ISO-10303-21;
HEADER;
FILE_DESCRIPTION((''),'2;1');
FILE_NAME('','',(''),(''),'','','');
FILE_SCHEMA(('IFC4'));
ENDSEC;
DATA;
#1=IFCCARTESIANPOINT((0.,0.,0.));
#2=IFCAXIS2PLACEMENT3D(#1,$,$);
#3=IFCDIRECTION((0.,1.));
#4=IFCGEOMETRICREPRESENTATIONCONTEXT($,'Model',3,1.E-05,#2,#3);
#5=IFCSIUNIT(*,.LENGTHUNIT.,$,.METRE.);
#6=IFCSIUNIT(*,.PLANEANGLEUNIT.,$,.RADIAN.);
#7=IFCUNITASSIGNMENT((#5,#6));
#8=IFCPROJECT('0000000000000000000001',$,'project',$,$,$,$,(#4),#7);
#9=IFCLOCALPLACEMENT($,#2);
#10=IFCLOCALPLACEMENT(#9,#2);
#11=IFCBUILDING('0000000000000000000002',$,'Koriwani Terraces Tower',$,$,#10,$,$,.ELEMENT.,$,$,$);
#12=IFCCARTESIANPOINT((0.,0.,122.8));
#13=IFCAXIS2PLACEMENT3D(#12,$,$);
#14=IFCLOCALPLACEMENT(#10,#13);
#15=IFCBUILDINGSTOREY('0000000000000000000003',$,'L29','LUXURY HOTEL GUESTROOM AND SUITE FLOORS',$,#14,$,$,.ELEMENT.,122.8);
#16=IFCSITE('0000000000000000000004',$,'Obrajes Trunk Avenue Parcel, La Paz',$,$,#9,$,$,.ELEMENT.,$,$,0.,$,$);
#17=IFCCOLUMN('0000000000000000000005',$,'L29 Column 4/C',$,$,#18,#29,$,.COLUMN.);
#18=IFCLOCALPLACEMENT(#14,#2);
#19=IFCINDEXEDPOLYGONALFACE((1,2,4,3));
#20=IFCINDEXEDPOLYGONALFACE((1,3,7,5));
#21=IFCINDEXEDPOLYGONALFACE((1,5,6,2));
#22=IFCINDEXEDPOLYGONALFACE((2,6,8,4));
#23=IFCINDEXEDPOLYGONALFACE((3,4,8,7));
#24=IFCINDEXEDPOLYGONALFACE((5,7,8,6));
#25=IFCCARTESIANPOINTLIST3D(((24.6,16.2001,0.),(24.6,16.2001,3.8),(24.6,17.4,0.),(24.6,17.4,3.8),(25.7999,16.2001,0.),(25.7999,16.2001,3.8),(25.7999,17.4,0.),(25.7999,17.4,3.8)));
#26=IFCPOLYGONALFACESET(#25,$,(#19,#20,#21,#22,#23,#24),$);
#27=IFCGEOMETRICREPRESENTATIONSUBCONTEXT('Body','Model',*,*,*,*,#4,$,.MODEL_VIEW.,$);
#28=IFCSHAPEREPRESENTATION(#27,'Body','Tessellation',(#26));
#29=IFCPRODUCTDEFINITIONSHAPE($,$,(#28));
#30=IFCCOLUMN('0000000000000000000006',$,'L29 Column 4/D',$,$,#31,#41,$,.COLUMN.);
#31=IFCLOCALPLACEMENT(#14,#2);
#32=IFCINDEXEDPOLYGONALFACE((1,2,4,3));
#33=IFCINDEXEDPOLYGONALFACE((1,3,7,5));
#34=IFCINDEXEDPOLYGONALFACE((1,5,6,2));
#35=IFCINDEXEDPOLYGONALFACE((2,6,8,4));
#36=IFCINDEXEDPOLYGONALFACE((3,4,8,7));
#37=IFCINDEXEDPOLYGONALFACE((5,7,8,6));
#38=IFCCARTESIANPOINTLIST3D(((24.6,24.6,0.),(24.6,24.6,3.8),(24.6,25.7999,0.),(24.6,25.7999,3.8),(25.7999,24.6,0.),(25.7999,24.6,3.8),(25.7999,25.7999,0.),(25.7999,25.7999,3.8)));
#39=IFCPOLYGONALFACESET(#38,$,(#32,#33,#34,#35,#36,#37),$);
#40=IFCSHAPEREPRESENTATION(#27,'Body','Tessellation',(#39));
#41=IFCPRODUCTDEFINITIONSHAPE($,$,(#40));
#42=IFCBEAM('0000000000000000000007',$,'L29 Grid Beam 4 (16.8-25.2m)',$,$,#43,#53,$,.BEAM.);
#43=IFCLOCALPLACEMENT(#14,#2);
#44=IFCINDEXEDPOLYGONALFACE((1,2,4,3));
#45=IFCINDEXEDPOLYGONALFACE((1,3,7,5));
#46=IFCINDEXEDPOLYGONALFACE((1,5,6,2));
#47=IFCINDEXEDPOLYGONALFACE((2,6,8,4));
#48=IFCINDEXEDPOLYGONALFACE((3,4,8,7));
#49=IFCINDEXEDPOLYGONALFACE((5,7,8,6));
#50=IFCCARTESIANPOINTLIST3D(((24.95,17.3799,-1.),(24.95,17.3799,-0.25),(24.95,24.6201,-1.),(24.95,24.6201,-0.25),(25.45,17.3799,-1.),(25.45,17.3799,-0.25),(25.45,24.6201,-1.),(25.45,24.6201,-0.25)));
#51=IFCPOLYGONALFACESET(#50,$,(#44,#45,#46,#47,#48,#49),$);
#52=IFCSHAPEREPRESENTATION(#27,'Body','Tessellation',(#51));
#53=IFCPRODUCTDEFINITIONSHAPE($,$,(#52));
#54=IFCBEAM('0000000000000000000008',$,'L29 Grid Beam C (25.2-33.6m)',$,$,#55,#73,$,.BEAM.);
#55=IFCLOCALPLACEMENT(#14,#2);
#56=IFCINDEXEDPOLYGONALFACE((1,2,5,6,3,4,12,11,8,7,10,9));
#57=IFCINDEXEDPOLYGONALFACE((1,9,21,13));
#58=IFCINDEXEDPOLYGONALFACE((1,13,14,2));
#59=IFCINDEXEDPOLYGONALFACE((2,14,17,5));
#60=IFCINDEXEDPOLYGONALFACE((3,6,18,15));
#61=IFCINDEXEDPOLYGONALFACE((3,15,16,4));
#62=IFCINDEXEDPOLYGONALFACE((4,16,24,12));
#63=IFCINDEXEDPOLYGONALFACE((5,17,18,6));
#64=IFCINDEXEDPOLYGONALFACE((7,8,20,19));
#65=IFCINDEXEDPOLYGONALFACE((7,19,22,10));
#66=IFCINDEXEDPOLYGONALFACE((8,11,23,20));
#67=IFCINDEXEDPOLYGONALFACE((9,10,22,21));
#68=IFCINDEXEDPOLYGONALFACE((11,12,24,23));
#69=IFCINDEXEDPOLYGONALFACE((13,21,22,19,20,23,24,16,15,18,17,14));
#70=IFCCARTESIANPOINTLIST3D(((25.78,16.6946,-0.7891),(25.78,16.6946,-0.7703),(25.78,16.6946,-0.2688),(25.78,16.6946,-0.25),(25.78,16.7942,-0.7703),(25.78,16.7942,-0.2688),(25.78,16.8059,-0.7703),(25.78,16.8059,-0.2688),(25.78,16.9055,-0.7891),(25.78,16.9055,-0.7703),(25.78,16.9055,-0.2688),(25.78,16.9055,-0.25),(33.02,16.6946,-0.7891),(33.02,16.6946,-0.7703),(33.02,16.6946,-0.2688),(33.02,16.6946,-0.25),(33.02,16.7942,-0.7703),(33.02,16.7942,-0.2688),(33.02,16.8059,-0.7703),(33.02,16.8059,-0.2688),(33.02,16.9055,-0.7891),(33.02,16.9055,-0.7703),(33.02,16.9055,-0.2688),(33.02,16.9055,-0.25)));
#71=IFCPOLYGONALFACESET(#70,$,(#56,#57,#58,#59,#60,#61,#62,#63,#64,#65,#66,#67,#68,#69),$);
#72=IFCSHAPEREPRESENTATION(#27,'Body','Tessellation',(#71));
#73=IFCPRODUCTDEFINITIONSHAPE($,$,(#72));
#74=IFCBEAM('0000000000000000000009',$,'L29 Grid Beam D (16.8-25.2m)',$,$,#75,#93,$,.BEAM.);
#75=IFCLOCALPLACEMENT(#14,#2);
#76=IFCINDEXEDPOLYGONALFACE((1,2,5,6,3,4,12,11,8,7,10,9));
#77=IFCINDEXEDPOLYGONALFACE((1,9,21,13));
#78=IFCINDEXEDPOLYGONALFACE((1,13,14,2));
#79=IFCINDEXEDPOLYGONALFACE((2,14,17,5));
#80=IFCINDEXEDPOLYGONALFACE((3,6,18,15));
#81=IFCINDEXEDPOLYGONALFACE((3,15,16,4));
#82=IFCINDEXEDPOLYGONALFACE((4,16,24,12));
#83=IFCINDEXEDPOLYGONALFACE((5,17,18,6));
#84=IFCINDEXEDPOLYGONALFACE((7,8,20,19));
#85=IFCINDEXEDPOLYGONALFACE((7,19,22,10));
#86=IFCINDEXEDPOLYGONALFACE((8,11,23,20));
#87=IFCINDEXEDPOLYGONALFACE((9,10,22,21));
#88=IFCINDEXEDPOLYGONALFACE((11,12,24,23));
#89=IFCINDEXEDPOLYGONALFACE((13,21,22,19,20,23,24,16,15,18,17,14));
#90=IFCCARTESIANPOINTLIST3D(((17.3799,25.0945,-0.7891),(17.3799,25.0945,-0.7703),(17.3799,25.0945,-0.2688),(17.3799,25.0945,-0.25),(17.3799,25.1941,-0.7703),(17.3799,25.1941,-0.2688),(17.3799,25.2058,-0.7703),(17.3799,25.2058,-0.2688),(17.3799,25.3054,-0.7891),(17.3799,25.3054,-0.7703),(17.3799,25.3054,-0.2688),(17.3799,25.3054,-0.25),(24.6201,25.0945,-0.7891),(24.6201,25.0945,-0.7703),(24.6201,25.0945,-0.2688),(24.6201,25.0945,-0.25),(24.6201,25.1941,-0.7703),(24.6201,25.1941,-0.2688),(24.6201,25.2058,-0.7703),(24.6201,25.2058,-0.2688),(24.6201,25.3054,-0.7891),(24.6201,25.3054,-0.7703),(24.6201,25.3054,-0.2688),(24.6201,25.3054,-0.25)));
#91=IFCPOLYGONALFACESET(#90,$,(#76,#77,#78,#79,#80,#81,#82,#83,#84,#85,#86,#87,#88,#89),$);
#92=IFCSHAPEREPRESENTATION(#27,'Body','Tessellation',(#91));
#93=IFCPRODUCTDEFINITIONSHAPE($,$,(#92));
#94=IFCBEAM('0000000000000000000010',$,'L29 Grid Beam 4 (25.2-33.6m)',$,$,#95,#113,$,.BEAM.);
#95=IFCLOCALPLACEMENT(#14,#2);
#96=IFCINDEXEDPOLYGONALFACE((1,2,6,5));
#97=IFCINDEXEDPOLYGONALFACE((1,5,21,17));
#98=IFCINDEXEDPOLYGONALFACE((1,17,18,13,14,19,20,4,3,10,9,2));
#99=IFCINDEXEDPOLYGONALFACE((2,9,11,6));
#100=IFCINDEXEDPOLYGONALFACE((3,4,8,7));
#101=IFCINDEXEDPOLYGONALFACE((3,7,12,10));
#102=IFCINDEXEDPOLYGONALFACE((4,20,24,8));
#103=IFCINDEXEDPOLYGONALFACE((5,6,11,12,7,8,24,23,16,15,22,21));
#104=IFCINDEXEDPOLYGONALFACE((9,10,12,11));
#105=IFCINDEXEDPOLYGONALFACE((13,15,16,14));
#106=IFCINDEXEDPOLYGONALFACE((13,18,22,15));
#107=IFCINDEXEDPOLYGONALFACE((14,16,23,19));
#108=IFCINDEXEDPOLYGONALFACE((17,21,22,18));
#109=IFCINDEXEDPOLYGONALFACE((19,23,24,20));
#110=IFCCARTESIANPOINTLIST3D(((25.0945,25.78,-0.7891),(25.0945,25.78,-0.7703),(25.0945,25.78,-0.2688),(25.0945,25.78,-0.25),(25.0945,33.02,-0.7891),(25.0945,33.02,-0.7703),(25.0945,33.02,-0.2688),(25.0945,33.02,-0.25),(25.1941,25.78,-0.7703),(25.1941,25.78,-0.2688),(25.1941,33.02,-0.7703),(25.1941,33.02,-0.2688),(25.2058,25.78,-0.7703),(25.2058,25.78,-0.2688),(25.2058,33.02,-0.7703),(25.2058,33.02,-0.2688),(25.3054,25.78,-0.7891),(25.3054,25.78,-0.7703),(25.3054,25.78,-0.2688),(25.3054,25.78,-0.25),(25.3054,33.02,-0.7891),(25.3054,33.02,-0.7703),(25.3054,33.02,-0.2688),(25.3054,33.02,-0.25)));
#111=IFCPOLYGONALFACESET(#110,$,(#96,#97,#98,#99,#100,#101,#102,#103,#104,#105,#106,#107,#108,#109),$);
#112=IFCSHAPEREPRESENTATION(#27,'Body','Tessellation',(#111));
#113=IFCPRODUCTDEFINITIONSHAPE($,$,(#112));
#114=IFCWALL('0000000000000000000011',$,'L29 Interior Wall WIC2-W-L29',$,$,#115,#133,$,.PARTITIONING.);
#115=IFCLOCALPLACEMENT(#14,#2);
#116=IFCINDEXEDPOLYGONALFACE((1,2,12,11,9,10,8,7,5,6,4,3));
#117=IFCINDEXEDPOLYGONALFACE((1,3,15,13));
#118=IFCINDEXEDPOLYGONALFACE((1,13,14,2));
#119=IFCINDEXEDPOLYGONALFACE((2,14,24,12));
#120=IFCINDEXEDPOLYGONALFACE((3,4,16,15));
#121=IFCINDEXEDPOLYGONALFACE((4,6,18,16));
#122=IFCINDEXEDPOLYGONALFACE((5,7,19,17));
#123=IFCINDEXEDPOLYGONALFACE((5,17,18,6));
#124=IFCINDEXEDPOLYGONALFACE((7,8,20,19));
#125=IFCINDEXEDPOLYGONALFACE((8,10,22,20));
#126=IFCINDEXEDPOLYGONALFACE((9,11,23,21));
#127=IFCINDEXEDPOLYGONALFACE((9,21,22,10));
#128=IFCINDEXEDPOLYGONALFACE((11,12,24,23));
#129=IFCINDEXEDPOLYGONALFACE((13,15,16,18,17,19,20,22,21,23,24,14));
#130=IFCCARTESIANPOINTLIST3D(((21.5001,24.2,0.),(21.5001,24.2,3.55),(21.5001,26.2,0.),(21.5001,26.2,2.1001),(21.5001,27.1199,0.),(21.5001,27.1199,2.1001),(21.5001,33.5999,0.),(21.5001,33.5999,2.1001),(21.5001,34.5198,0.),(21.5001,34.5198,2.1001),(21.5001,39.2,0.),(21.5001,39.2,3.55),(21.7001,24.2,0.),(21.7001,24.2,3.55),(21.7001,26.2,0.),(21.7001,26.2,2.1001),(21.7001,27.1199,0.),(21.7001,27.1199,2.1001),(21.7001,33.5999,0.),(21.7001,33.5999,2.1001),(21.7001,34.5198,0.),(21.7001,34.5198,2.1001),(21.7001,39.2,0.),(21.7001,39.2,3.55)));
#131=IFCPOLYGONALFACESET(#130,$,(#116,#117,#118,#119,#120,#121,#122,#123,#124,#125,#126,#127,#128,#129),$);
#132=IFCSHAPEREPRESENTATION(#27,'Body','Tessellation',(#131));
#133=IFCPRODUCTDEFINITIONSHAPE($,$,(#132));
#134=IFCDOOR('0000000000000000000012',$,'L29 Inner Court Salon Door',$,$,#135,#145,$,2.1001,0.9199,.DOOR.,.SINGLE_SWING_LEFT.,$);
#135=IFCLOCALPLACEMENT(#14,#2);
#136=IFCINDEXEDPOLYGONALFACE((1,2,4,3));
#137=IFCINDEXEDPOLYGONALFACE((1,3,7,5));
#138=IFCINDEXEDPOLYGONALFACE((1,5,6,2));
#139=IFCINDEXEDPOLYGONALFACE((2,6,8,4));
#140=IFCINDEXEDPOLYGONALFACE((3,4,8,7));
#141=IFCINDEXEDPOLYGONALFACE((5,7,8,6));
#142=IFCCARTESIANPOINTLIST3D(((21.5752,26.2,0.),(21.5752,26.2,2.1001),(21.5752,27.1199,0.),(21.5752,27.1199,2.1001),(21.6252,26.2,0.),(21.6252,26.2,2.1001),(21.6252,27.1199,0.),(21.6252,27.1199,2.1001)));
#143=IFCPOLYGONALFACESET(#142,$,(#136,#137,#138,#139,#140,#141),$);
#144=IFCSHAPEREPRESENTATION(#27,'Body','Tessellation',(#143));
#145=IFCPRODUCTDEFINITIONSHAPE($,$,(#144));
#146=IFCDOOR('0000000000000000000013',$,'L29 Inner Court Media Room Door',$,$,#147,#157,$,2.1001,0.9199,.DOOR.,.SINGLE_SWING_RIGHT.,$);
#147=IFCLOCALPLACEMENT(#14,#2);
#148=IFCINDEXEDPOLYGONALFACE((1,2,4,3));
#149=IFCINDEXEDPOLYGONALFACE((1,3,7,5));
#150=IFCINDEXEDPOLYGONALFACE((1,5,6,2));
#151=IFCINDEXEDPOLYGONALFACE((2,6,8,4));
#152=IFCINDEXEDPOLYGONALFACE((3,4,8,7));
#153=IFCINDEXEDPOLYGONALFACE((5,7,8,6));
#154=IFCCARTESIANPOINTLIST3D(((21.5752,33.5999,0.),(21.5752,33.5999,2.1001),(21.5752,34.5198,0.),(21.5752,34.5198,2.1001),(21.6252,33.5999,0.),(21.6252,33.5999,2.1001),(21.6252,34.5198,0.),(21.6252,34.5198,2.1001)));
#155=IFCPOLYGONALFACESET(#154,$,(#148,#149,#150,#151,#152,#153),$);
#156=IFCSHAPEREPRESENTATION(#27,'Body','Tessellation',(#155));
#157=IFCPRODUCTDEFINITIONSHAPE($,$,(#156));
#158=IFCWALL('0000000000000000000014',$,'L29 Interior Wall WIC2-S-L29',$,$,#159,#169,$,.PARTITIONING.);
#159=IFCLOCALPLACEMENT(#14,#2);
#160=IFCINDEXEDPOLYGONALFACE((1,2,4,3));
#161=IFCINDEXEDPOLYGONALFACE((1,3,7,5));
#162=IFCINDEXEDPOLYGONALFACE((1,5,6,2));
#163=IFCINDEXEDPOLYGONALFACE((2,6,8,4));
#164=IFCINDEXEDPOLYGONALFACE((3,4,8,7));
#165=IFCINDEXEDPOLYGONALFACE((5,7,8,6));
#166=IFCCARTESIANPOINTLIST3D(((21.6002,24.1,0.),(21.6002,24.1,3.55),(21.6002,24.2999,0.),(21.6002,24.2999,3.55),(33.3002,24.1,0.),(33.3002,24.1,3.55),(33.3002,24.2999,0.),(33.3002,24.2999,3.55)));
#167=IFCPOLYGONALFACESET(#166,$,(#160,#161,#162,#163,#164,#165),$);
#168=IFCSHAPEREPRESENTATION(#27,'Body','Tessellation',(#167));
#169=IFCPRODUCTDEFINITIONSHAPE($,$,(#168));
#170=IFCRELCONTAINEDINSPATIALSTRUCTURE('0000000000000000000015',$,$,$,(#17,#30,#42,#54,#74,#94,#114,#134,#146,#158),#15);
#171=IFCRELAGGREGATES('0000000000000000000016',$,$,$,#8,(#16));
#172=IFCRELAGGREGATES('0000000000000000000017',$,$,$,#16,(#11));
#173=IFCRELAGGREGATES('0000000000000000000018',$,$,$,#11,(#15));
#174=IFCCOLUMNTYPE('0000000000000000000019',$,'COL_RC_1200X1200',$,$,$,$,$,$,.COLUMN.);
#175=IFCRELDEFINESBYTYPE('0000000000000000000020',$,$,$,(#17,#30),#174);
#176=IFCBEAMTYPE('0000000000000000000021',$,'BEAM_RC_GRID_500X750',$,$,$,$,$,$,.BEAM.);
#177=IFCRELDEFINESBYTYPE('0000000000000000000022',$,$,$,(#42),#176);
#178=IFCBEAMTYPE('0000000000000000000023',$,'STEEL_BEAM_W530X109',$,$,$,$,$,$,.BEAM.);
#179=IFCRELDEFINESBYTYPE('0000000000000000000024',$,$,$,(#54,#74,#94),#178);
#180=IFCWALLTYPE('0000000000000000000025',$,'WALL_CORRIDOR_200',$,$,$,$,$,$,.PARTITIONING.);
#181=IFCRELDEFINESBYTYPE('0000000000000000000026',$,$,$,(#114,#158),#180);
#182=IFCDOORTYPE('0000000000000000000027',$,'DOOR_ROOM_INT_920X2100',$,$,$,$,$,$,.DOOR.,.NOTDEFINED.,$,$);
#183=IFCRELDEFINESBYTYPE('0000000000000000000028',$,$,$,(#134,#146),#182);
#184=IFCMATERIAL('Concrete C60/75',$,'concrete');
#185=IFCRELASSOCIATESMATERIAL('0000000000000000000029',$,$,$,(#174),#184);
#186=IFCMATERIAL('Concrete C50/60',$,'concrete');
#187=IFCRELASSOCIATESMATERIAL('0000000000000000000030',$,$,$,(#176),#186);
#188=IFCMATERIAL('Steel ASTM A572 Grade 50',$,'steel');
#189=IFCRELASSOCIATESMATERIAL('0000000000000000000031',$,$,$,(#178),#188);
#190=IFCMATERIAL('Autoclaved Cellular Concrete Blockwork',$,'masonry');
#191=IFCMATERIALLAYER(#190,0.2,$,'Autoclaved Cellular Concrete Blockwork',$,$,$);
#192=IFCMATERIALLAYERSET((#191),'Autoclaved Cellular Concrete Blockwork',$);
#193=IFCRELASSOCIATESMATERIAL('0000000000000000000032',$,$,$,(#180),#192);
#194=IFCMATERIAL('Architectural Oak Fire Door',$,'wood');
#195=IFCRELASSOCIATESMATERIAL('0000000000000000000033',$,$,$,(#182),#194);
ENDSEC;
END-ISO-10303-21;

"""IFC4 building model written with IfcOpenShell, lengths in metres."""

from ifc_helpers import new_model, si_unit, direction, frame, frame_2d, origin, origin_2d, place, context, subcontext, project, spatial, rectangle, i_section, extrude, material, layer, layer_set, material_profile, profile_set, type_object, element, fill, save


model = new_model("IFC4")

# Units and contexts
model_context = context("Model", 3, precision=1e-05, world=origin(), true_north=direction((0.0, 1.0)))
body_context = subcontext(model_context, "Body", "Model", "MODEL_VIEW")
ifc_project = project(units=[si_unit("LENGTHUNIT", "METRE"), si_unit("PLANEANGLEUNIT", "RADIAN")], contexts=[model_context])

# Site, building, storey
site_placement = place(None, origin())
site = spatial("IfcSite", under=ifc_project, at=site_placement, Name="Obrajes Trunk Avenue Parcel, La Paz", CompositionType="ELEMENT", RefElevation=0.0)
building_placement = place(site_placement, origin())
building = spatial("IfcBuilding", under=site, at=building_placement, Name="Koriwani Terraces Tower", CompositionType="ELEMENT")
storey_placement = place(building_placement, frame((0.0, 0.0, 122.8)))
storey = spatial("IfcBuildingStorey", under=building, at=storey_placement, Name="L29", Description="LUXURY HOTEL GUESTROOM AND SUITE FLOORS", CompositionType="ELEMENT", Elevation=122.8)

# Columns
ifc_material_1 = material(Name="Concrete C60/75", Category="concrete")
ifc_material_profile_1 = material_profile(ifc_material_1, rectangle(XDim=1.2, YDim=1.2, at=origin_2d()), Name="Concrete C60/75", Category="LoadBearing")
ifc_profile_set_1 = profile_set([ifc_material_profile_1], Name="Concrete C60/75")
column_type = type_object("IfcColumnType", Name="COL_RC_1200X1200", PredefinedType="COLUMN", material=ifc_profile_set_1)
for number, where, z_axis, x_axis, name in (
    (1, (25.2, 16.8, 0.0), (0.0, 0.0, 1.0), (1.0, 0.0, 0.0), "L29 Column 4/C"),
    (2, (25.2, 25.2, 0.0), (0.0, 0.0, 1.0), (1.0, 0.0, 0.0), "L29 Column 4/D"),
):
    element("IfcColumn", number, at=place(storey_placement, frame(where, z_axis=z_axis, x_axis=x_axis)), inside=storey, type_object=column_type, Name=name, PredefinedType="COLUMN", context=body_context, shape_type="SweptSolid", body=[
        extrude(rectangle(XDim=1.2, YDim=1.2, at=origin_2d()), origin(), (0.0, 0.0, 1.0), 3.8),
    ])

# Beams
ifc_material_2 = material(Name="Concrete C50/60", Category="concrete")
ifc_material_profile_2 = material_profile(ifc_material_2, rectangle(XDim=0.5, YDim=0.75, at=origin_2d()), Name="Concrete C50/60", Category="LoadBearing")
ifc_profile_set_2 = profile_set([ifc_material_profile_2], Name="Concrete C50/60")
beam_type_1 = type_object("IfcBeamType", Name="BEAM_RC_GRID_500X750", PredefinedType="BEAM", material=ifc_profile_set_2)
beam_1_placement = place(storey_placement, frame((25.2, 17.3799, -0.625), z_axis=(0.0, 1.0, 0.0), x_axis=(-1.0, 0.0, 0.0)))
element("IfcBeam", 3, at=beam_1_placement, inside=storey, type_object=beam_type_1, Name="L29 Grid Beam 4 (16.8-25.2m)", PredefinedType="BEAM", context=body_context, shape_type="SweptSolid", body=[
    extrude(rectangle(XDim=0.5, YDim=0.75, at=origin_2d()), origin(), (0.0, 0.0, 1.0), 7.2402),
])
ifc_material_3 = material(Name="Steel ASTM A572 Grade 50", Category="steel")
ifc_material_profile_3 = material_profile(ifc_material_3, i_section(OverallWidth=0.2109, OverallDepth=0.5391, WebThickness=0.0117, FlangeThickness=0.0188, at=origin_2d()), Name="Steel ASTM A572 Grade 50", Category="LoadBearing")
ifc_profile_set_3 = profile_set([ifc_material_profile_3], Name="Steel ASTM A572 Grade 50")
beam_type_2 = type_object("IfcBeamType", Name="STEEL_BEAM_W530X109", PredefinedType="BEAM", material=ifc_profile_set_3)
beam_2_placement = place(storey_placement, frame((25.78, 16.8, -0.5195), z_axis=(1.0, 0.0, 0.0), x_axis=(0.0, 1.0, 0.0)))
element("IfcBeam", 4, at=beam_2_placement, inside=storey, type_object=beam_type_2, Name="L29 Grid Beam C (25.2-33.6m)", PredefinedType="BEAM", context=body_context, shape_type="SweptSolid", body=[
    extrude(i_section(OverallWidth=0.2109, OverallDepth=0.5391, WebThickness=0.0117, FlangeThickness=0.0188, at=origin_2d()), origin(), (0.0, 0.0, 1.0), 7.24),
])
beam_3_placement = place(storey_placement, frame((17.3799, 25.2, -0.5195), z_axis=(1.0, 0.0, 0.0), x_axis=(0.0, 1.0, 0.0)))
element("IfcBeam", 5, at=beam_3_placement, inside=storey, type_object=beam_type_2, Name="L29 Grid Beam D (16.8-25.2m)", PredefinedType="BEAM", context=body_context, shape_type="SweptSolid", body=[
    extrude(i_section(OverallWidth=0.2109, OverallDepth=0.5391, WebThickness=0.0117, FlangeThickness=0.0188, at=origin_2d()), origin(), (0.0, 0.0, 1.0), 7.2402),
])
beam_4_placement = place(storey_placement, frame((25.2, 25.78, -0.5195), z_axis=(0.0, 1.0, 0.0), x_axis=(-1.0, 0.0, 0.0)))
element("IfcBeam", 6, at=beam_4_placement, inside=storey, type_object=beam_type_2, Name="L29 Grid Beam 4 (25.2-33.6m)", PredefinedType="BEAM", context=body_context, shape_type="SweptSolid", body=[
    extrude(i_section(OverallWidth=0.2109, OverallDepth=0.5391, WebThickness=0.0117, FlangeThickness=0.0188, at=origin_2d()), origin(), (0.0, 0.0, 1.0), 7.24),
])

# Wall, openings, doors
ifc_material_4 = material(Name="Autoclaved Cellular Concrete Blockwork", Category="masonry")
ifc_layer_1 = layer(ifc_material_4, 0.2, Name="Autoclaved Cellular Concrete Blockwork")
ifc_layer_set_1 = layer_set([ifc_layer_1], Name="Autoclaved Cellular Concrete Blockwork")
wall_type_1 = type_object("IfcWallType", Name="WALL_CORRIDOR_200", PredefinedType="PARTITIONING", material=ifc_layer_set_1)
wall_1_placement = place(storey_placement, frame((21.6001, 24.2, 0.0), z_axis=(0.0, 0.0, 1.0), x_axis=(0.0, 1.0, 0.0)))
wall_1 = element("IfcWall", 7, at=wall_1_placement, inside=storey, type_object=wall_type_1, Name="L29 Interior Wall WIC2-W-L29", PredefinedType="PARTITIONING", context=body_context, shape_type="SweptSolid", body=[
    extrude(rectangle(XDim=15.0, YDim=0.2, at=frame_2d((7.5, 0.0))), origin(), (0.0, 0.0, 1.0), 3.55),
])
opening_1_placement = place(wall_1_placement, frame((2.0, 0.0, 0.0)))
opening_1 = element("IfcOpeningElement", 8, at=opening_1_placement, cuts=wall_1, PredefinedType="OPENING", context=body_context, shape_type="SweptSolid", body=[
    extrude(rectangle(XDim=0.9199, YDim=2.1001, at=frame_2d((0.46, 1.05))), frame((0.0, 0.1099, 0.0), z_axis=(0.0, -1.0, 0.0), x_axis=(1.0, 0.0, 0.0)), (0.0, 0.0, 1.0), 0.22),
])
opening_2_placement = place(wall_1_placement, frame((9.3999, 0.0, 0.0)))
opening_2 = element("IfcOpeningElement", 9, at=opening_2_placement, cuts=wall_1, PredefinedType="OPENING", context=body_context, shape_type="SweptSolid", body=[
    extrude(rectangle(XDim=0.9199, YDim=2.1001, at=frame_2d((0.46, 1.05))), frame((0.0, 0.1099, 0.0), z_axis=(0.0, -1.0, 0.0), x_axis=(1.0, 0.0, 0.0)), (0.0, 0.0, 1.0), 0.22),
])
ifc_material_5 = material(Name="Architectural Oak Fire Door", Category="wood")
door_type_1 = type_object("IfcDoorType", Name="DOOR_ROOM_INT_920X2100", OperationType="NOTDEFINED", PredefinedType="DOOR", material=ifc_material_5)
door_1_placement = place(opening_1_placement, origin())
door_1 = element("IfcDoor", 10, at=door_1_placement, inside=storey, type_object=door_type_1, Name="L29 Inner Court Salon Door", OperationType="SINGLE_SWING_LEFT", OverallHeight=2.1001, OverallWidth=0.9199, PredefinedType="DOOR", context=body_context, shape_type="SweptSolid", body=[
    extrude(rectangle(XDim=0.9199, YDim=2.1001, at=frame_2d((0.46, 1.05))), frame((0.0, 0.0249, 0.0), z_axis=(0.0, -1.0, 0.0), x_axis=(1.0, 0.0, 0.0)), (0.0, 0.0, 1.0), 0.05),
])
fill(opening_1, door_1)
door_2_placement = place(opening_2_placement, origin())
door_2 = element("IfcDoor", 11, at=door_2_placement, inside=storey, type_object=door_type_1, Name="L29 Inner Court Media Room Door", OperationType="SINGLE_SWING_RIGHT", OverallHeight=2.1001, OverallWidth=0.9199, PredefinedType="DOOR", context=body_context, shape_type="SweptSolid", body=[
    extrude(rectangle(XDim=0.9199, YDim=2.1001, at=frame_2d((0.46, 1.05))), frame((0.0, 0.0249, 0.0), z_axis=(0.0, -1.0, 0.0), x_axis=(1.0, 0.0, 0.0)), (0.0, 0.0, 1.0), 0.05),
])
fill(opening_2, door_2)

# Wall
wall_2_placement = place(storey_placement, frame((21.6001, 24.2, 0.0), z_axis=(0.0, 0.0, 1.0), x_axis=(1.0, 0.0, 0.0)))
element("IfcWall", 12, at=wall_2_placement, inside=storey, type_object=wall_type_1, Name="L29 Interior Wall WIC2-S-L29", PredefinedType="PARTITIONING", context=body_context, shape_type="SweptSolid", body=[
    extrude(rectangle(XDim=11.7, YDim=0.2, at=frame_2d((5.8501, 0.0))), origin(), (0.0, 0.0, 1.0), 3.55),
])

save(model, "model.ifc")
